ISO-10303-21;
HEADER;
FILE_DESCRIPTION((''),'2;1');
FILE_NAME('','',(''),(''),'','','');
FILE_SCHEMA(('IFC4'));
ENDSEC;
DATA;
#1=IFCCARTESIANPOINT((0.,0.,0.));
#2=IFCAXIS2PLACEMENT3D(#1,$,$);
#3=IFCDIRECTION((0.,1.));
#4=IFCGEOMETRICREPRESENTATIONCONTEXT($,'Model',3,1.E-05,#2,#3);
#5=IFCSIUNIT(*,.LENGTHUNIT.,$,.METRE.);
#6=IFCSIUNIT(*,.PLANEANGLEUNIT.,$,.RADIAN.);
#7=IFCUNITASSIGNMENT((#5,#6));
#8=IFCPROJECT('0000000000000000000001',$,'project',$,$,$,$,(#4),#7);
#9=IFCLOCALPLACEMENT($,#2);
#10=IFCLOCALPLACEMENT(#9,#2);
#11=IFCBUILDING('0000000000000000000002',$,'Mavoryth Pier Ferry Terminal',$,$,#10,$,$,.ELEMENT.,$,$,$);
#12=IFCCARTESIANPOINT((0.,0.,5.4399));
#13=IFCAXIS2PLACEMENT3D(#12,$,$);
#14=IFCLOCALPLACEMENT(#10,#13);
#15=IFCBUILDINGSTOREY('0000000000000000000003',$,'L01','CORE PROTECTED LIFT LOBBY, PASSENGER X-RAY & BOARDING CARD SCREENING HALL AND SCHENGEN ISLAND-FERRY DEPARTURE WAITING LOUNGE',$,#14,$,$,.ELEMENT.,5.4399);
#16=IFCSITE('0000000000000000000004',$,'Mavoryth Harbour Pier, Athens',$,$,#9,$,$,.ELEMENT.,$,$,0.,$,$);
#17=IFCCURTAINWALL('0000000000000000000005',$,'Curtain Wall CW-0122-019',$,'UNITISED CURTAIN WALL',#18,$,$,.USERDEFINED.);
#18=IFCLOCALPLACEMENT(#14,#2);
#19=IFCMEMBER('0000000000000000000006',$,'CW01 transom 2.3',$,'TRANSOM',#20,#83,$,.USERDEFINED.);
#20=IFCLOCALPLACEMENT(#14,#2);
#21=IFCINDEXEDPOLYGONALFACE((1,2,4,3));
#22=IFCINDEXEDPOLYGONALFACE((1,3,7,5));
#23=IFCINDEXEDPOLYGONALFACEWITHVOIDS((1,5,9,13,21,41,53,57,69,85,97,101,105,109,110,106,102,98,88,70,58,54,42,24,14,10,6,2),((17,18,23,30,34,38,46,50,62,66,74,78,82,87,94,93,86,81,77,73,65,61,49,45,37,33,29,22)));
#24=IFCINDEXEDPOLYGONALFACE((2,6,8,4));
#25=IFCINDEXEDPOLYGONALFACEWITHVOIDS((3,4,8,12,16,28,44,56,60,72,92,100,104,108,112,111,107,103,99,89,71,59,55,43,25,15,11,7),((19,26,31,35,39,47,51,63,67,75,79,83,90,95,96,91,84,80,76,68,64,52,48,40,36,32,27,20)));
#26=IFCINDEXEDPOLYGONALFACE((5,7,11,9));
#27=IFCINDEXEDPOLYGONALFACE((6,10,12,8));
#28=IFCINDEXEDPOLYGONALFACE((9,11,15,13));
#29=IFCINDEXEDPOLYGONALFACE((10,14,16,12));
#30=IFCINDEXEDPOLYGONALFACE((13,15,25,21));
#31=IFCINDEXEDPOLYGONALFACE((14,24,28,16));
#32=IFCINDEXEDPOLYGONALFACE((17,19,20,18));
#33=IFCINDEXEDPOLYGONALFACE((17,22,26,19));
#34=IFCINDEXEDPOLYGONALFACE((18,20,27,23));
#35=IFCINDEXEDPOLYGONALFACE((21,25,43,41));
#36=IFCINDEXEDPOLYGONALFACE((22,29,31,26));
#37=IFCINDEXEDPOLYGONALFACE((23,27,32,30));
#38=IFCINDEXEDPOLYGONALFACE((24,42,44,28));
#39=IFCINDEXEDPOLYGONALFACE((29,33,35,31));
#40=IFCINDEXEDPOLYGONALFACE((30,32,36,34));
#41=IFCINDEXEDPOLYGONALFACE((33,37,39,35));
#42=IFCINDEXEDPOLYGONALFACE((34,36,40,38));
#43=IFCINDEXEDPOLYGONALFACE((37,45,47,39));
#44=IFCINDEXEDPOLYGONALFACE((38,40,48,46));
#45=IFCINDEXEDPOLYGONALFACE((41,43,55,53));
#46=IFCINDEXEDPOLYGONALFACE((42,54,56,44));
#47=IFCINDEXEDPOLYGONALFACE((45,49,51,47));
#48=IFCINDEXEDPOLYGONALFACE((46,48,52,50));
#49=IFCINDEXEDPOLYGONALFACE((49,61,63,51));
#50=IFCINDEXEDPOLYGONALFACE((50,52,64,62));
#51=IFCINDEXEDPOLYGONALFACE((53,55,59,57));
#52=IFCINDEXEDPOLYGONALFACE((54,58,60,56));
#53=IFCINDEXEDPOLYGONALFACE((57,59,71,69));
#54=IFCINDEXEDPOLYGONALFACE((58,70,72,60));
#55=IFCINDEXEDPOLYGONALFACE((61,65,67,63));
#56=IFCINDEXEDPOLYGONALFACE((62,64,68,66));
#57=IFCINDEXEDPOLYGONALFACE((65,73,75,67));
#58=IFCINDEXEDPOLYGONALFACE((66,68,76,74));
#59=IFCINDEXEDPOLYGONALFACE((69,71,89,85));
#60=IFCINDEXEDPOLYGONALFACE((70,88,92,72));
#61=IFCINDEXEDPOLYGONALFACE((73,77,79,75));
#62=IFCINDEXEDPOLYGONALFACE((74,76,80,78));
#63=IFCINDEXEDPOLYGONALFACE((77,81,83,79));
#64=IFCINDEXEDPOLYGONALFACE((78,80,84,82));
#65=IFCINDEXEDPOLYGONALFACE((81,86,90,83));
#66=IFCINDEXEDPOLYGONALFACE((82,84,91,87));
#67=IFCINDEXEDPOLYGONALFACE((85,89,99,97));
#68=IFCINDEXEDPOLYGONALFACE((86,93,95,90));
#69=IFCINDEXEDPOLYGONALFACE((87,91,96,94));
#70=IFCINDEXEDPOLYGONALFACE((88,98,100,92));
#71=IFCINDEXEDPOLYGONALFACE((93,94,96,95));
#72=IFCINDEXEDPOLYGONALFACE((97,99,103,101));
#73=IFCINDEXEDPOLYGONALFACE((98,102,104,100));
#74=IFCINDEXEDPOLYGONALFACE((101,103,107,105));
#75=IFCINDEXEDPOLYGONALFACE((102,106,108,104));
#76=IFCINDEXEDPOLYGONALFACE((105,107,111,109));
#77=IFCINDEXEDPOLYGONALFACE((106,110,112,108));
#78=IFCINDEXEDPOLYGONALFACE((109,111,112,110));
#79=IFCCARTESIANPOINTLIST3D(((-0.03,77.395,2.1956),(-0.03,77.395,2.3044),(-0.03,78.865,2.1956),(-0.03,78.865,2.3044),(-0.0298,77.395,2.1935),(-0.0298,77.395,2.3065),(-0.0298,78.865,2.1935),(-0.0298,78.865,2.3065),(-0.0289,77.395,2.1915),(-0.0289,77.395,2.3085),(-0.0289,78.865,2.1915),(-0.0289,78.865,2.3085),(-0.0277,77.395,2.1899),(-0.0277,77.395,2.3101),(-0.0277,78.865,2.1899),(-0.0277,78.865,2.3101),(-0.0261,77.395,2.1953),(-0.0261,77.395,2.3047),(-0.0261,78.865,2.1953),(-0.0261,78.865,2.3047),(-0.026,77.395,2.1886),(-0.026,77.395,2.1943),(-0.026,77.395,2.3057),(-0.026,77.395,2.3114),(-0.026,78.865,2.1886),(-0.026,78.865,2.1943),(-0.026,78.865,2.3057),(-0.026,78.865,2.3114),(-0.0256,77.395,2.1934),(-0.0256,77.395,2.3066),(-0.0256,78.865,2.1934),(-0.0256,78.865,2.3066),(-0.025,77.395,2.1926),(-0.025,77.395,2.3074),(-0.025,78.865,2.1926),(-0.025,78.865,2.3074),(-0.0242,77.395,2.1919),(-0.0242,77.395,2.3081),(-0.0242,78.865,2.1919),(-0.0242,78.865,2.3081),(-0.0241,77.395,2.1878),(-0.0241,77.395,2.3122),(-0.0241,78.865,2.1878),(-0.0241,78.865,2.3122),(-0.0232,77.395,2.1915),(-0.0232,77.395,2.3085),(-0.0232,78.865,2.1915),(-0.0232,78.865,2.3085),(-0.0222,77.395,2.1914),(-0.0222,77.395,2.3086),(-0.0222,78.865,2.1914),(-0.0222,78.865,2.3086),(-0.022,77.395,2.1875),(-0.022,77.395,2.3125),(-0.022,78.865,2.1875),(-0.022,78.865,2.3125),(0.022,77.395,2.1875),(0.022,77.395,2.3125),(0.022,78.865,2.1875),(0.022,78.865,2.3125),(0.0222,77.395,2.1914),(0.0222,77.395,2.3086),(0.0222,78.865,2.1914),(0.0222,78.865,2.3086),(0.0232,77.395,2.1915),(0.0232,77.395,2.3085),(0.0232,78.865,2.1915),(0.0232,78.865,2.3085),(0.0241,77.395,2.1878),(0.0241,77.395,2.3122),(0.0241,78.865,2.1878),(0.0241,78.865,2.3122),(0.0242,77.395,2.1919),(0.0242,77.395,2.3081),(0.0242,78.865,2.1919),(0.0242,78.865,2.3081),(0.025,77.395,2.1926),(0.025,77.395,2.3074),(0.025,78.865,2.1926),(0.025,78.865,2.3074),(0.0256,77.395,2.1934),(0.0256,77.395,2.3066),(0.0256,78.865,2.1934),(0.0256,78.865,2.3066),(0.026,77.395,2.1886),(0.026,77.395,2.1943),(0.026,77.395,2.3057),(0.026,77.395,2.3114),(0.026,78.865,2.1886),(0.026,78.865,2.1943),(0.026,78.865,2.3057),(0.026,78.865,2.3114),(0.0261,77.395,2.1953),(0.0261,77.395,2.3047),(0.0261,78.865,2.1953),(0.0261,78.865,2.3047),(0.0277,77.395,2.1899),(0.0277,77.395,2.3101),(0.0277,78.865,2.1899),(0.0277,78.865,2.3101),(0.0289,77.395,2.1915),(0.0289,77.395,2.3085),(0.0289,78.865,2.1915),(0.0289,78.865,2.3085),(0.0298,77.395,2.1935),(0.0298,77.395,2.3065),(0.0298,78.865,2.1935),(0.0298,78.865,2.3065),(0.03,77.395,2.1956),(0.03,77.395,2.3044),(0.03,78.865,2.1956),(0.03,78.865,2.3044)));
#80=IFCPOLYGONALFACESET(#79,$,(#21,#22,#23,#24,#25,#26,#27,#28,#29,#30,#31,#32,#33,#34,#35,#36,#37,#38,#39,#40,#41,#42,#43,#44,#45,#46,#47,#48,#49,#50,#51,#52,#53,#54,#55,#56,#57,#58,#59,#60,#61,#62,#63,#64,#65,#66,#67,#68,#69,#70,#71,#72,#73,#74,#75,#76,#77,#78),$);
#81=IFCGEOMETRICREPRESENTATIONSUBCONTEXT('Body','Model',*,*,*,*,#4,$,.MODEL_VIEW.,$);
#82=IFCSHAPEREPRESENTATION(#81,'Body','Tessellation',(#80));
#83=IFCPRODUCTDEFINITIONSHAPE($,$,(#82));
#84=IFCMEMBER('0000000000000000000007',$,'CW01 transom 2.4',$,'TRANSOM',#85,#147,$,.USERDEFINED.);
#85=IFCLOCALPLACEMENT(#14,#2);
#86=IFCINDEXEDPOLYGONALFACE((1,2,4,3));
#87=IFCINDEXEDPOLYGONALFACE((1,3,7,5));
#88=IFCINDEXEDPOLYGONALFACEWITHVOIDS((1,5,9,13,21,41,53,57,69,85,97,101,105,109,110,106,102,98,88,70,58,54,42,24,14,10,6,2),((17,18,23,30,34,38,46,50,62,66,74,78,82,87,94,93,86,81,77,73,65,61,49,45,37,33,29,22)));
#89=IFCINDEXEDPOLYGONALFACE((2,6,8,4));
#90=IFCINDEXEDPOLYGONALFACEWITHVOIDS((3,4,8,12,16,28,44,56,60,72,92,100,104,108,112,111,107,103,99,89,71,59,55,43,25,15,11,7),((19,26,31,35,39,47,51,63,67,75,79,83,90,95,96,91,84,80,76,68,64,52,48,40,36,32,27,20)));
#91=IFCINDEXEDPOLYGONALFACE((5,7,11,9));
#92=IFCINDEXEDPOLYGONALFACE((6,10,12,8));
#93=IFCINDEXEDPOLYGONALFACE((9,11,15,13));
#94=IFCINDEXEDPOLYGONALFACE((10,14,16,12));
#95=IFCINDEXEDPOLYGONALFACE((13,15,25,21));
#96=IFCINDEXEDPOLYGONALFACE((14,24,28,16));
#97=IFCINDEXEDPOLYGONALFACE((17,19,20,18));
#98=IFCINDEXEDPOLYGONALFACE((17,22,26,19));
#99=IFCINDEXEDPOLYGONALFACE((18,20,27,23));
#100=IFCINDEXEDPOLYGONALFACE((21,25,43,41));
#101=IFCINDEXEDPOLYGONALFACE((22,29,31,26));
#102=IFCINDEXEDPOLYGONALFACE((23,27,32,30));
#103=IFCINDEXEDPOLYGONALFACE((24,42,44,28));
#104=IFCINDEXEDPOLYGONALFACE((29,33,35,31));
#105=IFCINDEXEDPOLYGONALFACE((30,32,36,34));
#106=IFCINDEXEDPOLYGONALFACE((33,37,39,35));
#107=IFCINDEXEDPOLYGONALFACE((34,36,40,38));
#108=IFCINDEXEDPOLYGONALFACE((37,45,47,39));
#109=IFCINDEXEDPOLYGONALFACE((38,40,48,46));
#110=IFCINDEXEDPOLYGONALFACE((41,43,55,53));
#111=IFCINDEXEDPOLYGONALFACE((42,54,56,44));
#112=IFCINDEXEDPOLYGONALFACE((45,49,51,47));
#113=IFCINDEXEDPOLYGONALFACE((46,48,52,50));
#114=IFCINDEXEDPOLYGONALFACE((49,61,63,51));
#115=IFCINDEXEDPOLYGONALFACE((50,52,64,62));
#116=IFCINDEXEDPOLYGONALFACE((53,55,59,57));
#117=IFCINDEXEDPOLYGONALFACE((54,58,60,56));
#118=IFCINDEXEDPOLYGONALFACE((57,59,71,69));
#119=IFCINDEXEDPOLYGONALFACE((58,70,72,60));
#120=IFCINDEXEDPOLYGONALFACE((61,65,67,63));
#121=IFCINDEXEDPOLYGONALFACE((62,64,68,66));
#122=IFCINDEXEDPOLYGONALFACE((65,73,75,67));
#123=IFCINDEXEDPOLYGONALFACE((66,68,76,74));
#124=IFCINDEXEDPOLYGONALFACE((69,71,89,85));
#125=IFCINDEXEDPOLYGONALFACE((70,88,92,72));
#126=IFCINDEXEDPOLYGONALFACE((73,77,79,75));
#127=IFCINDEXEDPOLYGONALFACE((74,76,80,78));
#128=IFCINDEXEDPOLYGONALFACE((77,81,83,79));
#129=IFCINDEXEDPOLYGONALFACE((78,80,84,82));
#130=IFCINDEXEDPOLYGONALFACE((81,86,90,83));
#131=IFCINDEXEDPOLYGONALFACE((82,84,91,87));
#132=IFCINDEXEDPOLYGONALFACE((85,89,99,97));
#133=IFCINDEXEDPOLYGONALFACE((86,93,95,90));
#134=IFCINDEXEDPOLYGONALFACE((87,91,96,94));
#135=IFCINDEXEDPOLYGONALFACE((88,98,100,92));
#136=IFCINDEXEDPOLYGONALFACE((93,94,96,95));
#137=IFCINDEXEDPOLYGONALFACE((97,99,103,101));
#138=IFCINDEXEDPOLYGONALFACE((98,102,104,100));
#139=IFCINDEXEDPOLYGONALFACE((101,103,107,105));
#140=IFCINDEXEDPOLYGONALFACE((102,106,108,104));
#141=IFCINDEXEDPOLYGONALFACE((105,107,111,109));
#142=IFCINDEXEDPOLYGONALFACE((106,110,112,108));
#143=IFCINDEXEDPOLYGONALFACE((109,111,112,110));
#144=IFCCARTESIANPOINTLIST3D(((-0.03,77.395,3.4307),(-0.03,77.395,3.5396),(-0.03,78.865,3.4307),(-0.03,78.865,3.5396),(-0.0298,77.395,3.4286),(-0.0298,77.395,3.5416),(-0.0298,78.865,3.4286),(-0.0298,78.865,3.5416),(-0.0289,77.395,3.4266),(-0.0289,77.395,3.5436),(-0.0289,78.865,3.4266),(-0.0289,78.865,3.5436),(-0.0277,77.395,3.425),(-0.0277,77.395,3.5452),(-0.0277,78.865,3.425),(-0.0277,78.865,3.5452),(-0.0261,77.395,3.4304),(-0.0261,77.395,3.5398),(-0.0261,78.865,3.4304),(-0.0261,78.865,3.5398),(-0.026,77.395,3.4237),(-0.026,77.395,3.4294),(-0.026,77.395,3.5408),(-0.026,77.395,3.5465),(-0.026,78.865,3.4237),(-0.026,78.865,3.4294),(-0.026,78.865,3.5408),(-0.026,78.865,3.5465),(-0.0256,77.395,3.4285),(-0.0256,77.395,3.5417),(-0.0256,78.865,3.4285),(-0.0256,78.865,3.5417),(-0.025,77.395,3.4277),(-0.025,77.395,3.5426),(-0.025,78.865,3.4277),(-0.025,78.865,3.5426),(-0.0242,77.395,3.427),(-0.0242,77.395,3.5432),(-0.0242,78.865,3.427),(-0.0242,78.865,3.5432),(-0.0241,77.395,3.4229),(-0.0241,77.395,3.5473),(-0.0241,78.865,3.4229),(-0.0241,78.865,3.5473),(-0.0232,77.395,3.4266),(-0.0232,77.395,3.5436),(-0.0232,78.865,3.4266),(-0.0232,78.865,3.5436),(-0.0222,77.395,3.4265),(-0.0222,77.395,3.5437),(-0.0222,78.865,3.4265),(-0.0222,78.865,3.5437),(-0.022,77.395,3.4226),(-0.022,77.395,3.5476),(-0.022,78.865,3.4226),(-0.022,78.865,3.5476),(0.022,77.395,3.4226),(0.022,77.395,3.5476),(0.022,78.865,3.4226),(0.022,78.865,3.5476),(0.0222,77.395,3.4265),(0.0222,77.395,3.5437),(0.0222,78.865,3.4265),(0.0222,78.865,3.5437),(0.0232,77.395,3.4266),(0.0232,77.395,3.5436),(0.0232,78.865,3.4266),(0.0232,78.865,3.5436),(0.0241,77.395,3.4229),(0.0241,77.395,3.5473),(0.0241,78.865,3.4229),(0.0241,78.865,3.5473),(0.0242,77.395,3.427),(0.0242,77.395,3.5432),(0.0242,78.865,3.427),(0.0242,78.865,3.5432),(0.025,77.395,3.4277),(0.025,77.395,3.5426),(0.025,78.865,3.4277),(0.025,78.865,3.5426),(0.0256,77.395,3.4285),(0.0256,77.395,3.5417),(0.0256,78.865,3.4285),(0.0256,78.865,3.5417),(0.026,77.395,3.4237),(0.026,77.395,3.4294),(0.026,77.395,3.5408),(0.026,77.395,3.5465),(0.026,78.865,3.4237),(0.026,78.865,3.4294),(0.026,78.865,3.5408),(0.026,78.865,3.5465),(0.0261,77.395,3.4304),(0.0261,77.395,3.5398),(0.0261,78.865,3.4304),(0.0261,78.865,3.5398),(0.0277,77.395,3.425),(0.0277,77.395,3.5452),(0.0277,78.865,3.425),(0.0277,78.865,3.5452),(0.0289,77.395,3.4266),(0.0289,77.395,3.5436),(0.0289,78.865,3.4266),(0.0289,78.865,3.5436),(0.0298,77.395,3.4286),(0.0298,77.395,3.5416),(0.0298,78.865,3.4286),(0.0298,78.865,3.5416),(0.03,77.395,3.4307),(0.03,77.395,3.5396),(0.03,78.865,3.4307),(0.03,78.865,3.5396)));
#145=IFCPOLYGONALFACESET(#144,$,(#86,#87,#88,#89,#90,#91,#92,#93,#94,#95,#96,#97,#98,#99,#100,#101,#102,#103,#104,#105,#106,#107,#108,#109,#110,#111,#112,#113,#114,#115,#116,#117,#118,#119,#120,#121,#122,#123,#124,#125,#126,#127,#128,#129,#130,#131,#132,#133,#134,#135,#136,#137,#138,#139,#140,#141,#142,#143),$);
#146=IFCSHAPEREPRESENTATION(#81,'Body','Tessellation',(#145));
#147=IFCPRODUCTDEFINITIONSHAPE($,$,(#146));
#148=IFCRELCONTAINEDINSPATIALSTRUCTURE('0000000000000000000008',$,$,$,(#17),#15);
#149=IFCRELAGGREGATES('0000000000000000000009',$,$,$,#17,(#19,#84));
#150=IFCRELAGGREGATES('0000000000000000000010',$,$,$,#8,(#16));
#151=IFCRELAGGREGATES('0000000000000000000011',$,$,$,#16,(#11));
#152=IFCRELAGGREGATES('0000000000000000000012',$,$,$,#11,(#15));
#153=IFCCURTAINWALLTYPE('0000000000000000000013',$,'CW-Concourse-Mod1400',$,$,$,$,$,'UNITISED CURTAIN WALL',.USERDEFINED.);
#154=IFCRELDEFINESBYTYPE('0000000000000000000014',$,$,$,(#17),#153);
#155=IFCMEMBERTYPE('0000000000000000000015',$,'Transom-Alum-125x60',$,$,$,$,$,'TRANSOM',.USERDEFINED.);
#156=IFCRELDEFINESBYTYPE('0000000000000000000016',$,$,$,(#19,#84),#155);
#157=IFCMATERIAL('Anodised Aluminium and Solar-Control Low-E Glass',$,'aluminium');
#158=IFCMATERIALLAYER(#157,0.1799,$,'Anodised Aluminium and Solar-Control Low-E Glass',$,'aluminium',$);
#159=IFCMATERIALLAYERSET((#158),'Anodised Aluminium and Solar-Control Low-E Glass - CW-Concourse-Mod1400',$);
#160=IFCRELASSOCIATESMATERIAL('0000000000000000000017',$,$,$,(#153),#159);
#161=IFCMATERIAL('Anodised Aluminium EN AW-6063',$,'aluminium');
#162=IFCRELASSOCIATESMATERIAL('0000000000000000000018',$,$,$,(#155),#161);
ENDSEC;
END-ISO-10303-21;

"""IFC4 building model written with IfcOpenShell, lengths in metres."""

from ifc_helpers import new_model, si_unit, direction, frame, origin, origin_2d, place, context, subcontext, project, spatial, hollow_rectangle, extrude, material, layer, layer_set, material_profile, profile_set, type_object, element, aggregate, save


model = new_model("IFC4")

# Units and contexts
model_context = context("Model", 3, precision=1e-05, world=origin(), true_north=direction((0.0, 1.0)))
body_context = subcontext(model_context, "Body", "Model", "MODEL_VIEW")
ifc_project = project(units=[si_unit("LENGTHUNIT", "METRE"), si_unit("PLANEANGLEUNIT", "RADIAN")], contexts=[model_context])

# Site, building, storey
site_placement = place(None, origin())
site = spatial("IfcSite", under=ifc_project, at=site_placement, Name="Mavoryth Harbour Pier, Athens", CompositionType="ELEMENT", RefElevation=0.0)
building_placement = place(site_placement, origin())
building = spatial("IfcBuilding", under=site, at=building_placement, Name="Mavoryth Pier Ferry Terminal", CompositionType="ELEMENT")
storey_placement = place(building_placement, frame((0.0, 0.0, 5.4399)))
storey = spatial("IfcBuildingStorey", under=building, at=storey_placement, Name="L01", Description="CORE PROTECTED LIFT LOBBY, PASSENGER X-RAY & BOARDING CARD SCREENING HALL AND SCHENGEN ISLAND-FERRY DEPARTURE WAITING LOUNGE", CompositionType="ELEMENT", Elevation=5.4399)

# Curtain wall, members
ifc_material_1 = material(Name="Anodised Aluminium and Solar-Control Low-E Glass", Category="aluminium")
ifc_layer_1 = layer(ifc_material_1, 0.1799, Name="Anodised Aluminium and Solar-Control Low-E Glass", Category="aluminium")
ifc_layer_set_1 = layer_set([ifc_layer_1], Name="Anodised Aluminium and Solar-Control Low-E Glass - CW-Concourse-Mod1400")
curtain_wall_type = type_object("IfcCurtainWallType", Name="CW-Concourse-Mod1400", ElementType="UNITISED CURTAIN WALL", PredefinedType="USERDEFINED", material=ifc_layer_set_1)
curtain_wall_placement = place(storey_placement, origin())
curtain_wall = element("IfcCurtainWall", 1, at=curtain_wall_placement, inside=storey, type_object=curtain_wall_type, Name="Curtain Wall CW-0122-019", ObjectType="UNITISED CURTAIN WALL", PredefinedType="USERDEFINED")
ifc_material_2 = material(Name="Anodised Aluminium EN AW-6063", Category="aluminium")
ifc_material_profile_1 = material_profile(ifc_material_2, hollow_rectangle(XDim=0.0601, YDim=0.125, WallThickness=0.0039, InnerFilletRadius=0.0039, OuterFilletRadius=0.0081, at=origin_2d()), Name="AL-TRAN 125x60x4", Category="aluminium")
ifc_profile_set_1 = profile_set([ifc_material_profile_1], Name="Anodised Aluminium EN AW-6063 - AL-TRAN 125x60x4")
member_type_1 = type_object("IfcMemberType", Name="Transom-Alum-125x60", ElementType="TRANSOM", PredefinedType="USERDEFINED", material=ifc_profile_set_1)
member_1_placement = place(storey_placement, frame((0.0, 78.865, 2.25), z_axis=(0.0, -1.0, 0.0), x_axis=(1.0, 0.0, 0.0)))
member_1 = element("IfcMember", 2, at=member_1_placement, type_object=member_type_1, Name="CW01 transom 2.3", ObjectType="TRANSOM", PredefinedType="USERDEFINED", context=body_context, shape_type="SweptSolid", body=[
    extrude(hollow_rectangle(XDim=0.0601, YDim=0.125, WallThickness=0.0039, InnerFilletRadius=0.0039, OuterFilletRadius=0.0081, at=origin_2d()), origin(), (0.0, 0.0, 1.0), 1.47),
])
member_2_placement = place(storey_placement, frame((0.0, 78.865, 3.4851), z_axis=(0.0, -1.0, 0.0), x_axis=(1.0, 0.0, 0.0)))
member_2 = element("IfcMember", 3, at=member_2_placement, type_object=member_type_1, Name="CW01 transom 2.4", ObjectType="TRANSOM", PredefinedType="USERDEFINED", context=body_context, shape_type="SweptSolid", body=[
    extrude(hollow_rectangle(XDim=0.0601, YDim=0.125, WallThickness=0.0039, InnerFilletRadius=0.0039, OuterFilletRadius=0.0081, at=origin_2d()), origin(), (0.0, 0.0, 1.0), 1.47),
])
aggregate(curtain_wall, [member_1, member_2])

save(model, "model.ifc")
